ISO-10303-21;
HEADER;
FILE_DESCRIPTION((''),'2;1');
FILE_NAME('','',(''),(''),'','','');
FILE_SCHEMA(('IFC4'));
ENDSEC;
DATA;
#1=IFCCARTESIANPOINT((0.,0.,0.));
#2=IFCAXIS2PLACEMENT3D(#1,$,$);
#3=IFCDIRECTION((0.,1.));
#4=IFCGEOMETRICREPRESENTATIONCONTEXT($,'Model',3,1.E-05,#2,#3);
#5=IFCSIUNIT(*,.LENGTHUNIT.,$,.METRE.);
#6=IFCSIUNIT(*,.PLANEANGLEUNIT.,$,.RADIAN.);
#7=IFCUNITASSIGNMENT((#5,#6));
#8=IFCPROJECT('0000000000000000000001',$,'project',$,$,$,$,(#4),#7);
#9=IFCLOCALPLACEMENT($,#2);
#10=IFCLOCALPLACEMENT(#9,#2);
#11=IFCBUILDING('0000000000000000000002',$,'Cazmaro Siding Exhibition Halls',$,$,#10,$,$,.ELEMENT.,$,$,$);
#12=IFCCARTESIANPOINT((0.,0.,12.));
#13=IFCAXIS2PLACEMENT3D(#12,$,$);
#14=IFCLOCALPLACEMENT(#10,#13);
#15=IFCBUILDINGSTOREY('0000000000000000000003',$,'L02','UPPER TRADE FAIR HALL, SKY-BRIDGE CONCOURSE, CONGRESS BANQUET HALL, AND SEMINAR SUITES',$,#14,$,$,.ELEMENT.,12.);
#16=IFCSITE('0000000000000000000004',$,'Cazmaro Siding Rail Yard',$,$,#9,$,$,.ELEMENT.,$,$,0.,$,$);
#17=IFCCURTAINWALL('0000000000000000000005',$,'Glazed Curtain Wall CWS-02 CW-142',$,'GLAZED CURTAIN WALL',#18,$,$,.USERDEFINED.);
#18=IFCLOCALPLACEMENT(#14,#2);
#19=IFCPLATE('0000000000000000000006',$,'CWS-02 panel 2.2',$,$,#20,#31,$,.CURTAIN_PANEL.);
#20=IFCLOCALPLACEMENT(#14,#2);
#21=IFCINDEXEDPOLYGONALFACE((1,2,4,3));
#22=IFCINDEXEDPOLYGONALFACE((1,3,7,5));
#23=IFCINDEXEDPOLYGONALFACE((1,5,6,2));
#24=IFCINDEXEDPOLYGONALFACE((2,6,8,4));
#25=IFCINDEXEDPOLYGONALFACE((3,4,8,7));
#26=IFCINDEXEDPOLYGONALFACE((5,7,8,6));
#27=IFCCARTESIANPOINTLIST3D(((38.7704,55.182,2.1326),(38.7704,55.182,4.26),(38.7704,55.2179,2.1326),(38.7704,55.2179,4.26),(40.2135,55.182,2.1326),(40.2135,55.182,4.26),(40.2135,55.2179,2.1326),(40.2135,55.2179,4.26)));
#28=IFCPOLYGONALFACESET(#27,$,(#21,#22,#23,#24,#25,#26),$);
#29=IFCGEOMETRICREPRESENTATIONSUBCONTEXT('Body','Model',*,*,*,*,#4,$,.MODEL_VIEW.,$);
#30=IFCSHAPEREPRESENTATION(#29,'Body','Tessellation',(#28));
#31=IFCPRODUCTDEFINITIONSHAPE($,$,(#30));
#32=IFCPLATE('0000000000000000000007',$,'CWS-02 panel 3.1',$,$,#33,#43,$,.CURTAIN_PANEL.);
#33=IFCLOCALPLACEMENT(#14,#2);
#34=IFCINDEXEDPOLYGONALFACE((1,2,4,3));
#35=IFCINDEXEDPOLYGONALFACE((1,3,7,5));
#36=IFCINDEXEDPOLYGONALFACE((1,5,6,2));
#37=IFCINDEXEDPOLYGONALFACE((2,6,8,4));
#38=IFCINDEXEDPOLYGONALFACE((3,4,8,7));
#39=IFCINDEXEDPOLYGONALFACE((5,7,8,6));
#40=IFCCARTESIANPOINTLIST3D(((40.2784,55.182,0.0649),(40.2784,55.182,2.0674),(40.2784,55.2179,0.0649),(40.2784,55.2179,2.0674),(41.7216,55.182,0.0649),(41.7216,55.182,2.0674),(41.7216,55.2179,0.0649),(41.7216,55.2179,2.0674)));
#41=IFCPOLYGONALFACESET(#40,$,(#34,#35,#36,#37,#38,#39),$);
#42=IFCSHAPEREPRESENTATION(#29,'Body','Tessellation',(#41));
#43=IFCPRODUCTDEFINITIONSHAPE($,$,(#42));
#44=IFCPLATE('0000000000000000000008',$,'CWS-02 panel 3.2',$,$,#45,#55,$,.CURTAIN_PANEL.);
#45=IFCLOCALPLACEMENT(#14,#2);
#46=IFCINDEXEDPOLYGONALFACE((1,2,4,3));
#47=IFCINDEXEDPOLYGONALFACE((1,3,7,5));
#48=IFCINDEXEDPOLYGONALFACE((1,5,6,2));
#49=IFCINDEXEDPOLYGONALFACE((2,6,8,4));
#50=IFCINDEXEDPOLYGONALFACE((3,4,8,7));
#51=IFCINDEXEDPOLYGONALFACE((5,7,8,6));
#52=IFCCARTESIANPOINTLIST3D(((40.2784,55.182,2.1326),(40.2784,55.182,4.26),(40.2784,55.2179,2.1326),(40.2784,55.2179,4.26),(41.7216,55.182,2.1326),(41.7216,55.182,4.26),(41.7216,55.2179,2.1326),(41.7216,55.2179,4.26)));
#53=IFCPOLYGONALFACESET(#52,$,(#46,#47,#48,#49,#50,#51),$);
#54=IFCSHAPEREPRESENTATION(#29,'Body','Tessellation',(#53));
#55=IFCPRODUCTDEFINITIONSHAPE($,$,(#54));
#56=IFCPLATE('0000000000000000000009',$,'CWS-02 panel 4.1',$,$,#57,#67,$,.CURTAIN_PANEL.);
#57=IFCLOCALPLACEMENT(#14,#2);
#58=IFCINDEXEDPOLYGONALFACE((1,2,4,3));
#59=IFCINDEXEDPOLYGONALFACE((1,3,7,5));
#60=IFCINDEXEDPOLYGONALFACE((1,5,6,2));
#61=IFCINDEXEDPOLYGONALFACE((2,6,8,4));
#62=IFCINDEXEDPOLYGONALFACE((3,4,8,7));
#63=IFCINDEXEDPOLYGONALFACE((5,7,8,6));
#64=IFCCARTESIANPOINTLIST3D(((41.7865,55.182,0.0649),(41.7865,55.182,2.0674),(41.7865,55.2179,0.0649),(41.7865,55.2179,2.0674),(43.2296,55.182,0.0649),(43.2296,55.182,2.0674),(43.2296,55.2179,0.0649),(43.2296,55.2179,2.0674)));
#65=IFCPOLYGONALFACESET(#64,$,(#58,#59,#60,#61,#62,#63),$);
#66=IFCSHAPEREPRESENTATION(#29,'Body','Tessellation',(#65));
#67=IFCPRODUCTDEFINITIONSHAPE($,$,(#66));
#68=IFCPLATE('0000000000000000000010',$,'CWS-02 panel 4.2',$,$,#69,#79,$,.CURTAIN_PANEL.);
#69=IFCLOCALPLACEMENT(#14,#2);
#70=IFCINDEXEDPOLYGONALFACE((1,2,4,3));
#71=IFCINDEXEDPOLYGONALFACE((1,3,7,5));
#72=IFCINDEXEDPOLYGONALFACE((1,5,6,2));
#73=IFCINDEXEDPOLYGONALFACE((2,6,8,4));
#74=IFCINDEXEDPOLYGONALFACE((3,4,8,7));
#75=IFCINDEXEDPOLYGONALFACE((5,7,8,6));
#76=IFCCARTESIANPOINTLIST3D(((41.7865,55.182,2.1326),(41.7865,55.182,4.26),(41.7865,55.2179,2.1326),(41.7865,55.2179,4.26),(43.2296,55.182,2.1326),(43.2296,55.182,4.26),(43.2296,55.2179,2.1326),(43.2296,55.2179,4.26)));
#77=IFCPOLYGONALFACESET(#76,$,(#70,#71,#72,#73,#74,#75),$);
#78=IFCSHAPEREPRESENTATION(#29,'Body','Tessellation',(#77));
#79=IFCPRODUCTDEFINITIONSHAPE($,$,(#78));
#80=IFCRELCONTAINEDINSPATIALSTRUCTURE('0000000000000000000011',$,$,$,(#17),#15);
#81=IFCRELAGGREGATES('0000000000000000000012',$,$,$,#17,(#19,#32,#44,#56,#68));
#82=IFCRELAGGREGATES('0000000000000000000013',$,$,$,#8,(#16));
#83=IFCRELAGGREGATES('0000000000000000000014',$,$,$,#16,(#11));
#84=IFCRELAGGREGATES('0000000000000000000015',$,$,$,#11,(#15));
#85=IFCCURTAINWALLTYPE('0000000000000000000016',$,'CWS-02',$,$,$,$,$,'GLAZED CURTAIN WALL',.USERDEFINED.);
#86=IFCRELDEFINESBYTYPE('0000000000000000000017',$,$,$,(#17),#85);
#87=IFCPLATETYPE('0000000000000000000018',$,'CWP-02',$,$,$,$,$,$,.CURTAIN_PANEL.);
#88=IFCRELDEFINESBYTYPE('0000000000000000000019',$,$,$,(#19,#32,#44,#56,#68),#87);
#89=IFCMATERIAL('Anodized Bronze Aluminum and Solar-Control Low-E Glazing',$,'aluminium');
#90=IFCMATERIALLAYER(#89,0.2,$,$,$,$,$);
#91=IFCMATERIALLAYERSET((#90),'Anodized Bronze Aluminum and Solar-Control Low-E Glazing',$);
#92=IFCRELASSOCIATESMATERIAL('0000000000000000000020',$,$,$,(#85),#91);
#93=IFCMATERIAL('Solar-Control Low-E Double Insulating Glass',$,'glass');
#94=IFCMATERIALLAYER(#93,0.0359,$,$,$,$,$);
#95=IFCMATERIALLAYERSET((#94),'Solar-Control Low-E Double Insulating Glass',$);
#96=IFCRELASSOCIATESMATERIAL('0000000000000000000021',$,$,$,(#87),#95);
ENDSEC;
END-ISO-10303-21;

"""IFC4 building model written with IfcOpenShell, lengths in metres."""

from ifc_helpers import new_model, si_unit, direction, frame, origin, origin_2d, place, context, subcontext, project, spatial, rectangle, extrude, material, layer, layer_set, type_object, element, aggregate, save


model = new_model("IFC4")

# Units and contexts
model_context = context("Model", 3, precision=1e-05, world=origin(), true_north=direction((0.0, 1.0)))
body_context = subcontext(model_context, "Body", "Model", "MODEL_VIEW")
ifc_project = project(units=[si_unit("LENGTHUNIT", "METRE"), si_unit("PLANEANGLEUNIT", "RADIAN")], contexts=[model_context])

# Site, building, storey
site_placement = place(None, origin())
site = spatial("IfcSite", under=ifc_project, at=site_placement, Name="Cazmaro Siding Rail Yard", CompositionType="ELEMENT", RefElevation=0.0)
building_placement = place(site_placement, origin())
building = spatial("IfcBuilding", under=site, at=building_placement, Name="Cazmaro Siding Exhibition Halls", CompositionType="ELEMENT")
storey_placement = place(building_placement, frame((0.0, 0.0, 12.0)))
storey = spatial("IfcBuildingStorey", under=building, at=storey_placement, Name="L02", Description="UPPER TRADE FAIR HALL, SKY-BRIDGE CONCOURSE, CONGRESS BANQUET HALL, AND SEMINAR SUITES", CompositionType="ELEMENT", Elevation=12.0)

# Curtain wall, plates
ifc_material_1 = material(Name="Anodized Bronze Aluminum and Solar-Control Low-E Glazing", Category="aluminium")
ifc_layer_1 = layer(ifc_material_1, 0.2)
ifc_layer_set_1 = layer_set([ifc_layer_1], Name="Anodized Bronze Aluminum and Solar-Control Low-E Glazing")
curtain_wall_type = type_object("IfcCurtainWallType", Name="CWS-02", ElementType="GLAZED CURTAIN WALL", PredefinedType="USERDEFINED", material=ifc_layer_set_1)
curtain_wall_placement = place(storey_placement, origin())
curtain_wall = element("IfcCurtainWall", 1, at=curtain_wall_placement, inside=storey, type_object=curtain_wall_type, Name="Glazed Curtain Wall CWS-02 CW-142", ObjectType="GLAZED CURTAIN WALL", PredefinedType="USERDEFINED")
ifc_material_2 = material(Name="Solar-Control Low-E Double Insulating Glass", Category="glass")
ifc_layer_2 = layer(ifc_material_2, 0.0359)
ifc_layer_set_2 = layer_set([ifc_layer_2], Name="Solar-Control Low-E Double Insulating Glass")
plate_type = type_object("IfcPlateType", Name="CWP-02", PredefinedType="CURTAIN_PANEL", material=ifc_layer_set_2)
plate_1_placement = place(storey_placement, frame((39.4919, 55.2, 2.1326), z_axis=(0.0, 0.0, 1.0), x_axis=(1.0, 0.0, 0.0)))
plate_1 = element("IfcPlate", 2, at=plate_1_placement, type_object=plate_type, Name="CWS-02 panel 2.2", PredefinedType="CURTAIN_PANEL", context=body_context, shape_type="SweptSolid", body=[
    extrude(rectangle(XDim=1.4431, YDim=0.0359, at=origin_2d()), origin(), (0.0, 0.0, 1.0), 2.1274),
])
plate_2_placement = place(storey_placement, frame((41.0, 55.2, 0.0649), z_axis=(0.0, 0.0, 1.0), x_axis=(1.0, 0.0, 0.0)))
plate_2 = element("IfcPlate", 3, at=plate_2_placement, type_object=plate_type, Name="CWS-02 panel 3.1", PredefinedType="CURTAIN_PANEL", context=body_context, shape_type="SweptSolid", body=[
    extrude(rectangle(XDim=1.4431, YDim=0.0359, at=origin_2d()), origin(), (0.0, 0.0, 1.0), 2.0024),
])
plate_3_placement = place(storey_placement, frame((41.0, 55.2, 2.1326), z_axis=(0.0, 0.0, 1.0), x_axis=(1.0, 0.0, 0.0)))
plate_3 = element("IfcPlate", 4, at=plate_3_placement, type_object=plate_type, Name="CWS-02 panel 3.2", PredefinedType="CURTAIN_PANEL", context=body_context, shape_type="SweptSolid", body=[
    extrude(rectangle(XDim=1.4431, YDim=0.0359, at=origin_2d()), origin(), (0.0, 0.0, 1.0), 2.1274),
])
plate_4_placement = place(storey_placement, frame((42.5081, 55.2, 0.0649), z_axis=(0.0, 0.0, 1.0), x_axis=(1.0, 0.0, 0.0)))
plate_4 = element("IfcPlate", 5, at=plate_4_placement, type_object=plate_type, Name="CWS-02 panel 4.1", PredefinedType="CURTAIN_PANEL", context=body_context, shape_type="SweptSolid", body=[
    extrude(rectangle(XDim=1.4431, YDim=0.0359, at=origin_2d()), origin(), (0.0, 0.0, 1.0), 2.0024),
])
plate_5_placement = place(storey_placement, frame((42.5081, 55.2, 2.1326), z_axis=(0.0, 0.0, 1.0), x_axis=(1.0, 0.0, 0.0)))
plate_5 = element("IfcPlate", 6, at=plate_5_placement, type_object=plate_type, Name="CWS-02 panel 4.2", PredefinedType="CURTAIN_PANEL", context=body_context, shape_type="SweptSolid", body=[
    extrude(rectangle(XDim=1.4431, YDim=0.0359, at=origin_2d()), origin(), (0.0, 0.0, 1.0), 2.1274),
])
aggregate(curtain_wall, [plate_1, plate_2, plate_3, plate_4, plate_5])

save(model, "model.ifc")
